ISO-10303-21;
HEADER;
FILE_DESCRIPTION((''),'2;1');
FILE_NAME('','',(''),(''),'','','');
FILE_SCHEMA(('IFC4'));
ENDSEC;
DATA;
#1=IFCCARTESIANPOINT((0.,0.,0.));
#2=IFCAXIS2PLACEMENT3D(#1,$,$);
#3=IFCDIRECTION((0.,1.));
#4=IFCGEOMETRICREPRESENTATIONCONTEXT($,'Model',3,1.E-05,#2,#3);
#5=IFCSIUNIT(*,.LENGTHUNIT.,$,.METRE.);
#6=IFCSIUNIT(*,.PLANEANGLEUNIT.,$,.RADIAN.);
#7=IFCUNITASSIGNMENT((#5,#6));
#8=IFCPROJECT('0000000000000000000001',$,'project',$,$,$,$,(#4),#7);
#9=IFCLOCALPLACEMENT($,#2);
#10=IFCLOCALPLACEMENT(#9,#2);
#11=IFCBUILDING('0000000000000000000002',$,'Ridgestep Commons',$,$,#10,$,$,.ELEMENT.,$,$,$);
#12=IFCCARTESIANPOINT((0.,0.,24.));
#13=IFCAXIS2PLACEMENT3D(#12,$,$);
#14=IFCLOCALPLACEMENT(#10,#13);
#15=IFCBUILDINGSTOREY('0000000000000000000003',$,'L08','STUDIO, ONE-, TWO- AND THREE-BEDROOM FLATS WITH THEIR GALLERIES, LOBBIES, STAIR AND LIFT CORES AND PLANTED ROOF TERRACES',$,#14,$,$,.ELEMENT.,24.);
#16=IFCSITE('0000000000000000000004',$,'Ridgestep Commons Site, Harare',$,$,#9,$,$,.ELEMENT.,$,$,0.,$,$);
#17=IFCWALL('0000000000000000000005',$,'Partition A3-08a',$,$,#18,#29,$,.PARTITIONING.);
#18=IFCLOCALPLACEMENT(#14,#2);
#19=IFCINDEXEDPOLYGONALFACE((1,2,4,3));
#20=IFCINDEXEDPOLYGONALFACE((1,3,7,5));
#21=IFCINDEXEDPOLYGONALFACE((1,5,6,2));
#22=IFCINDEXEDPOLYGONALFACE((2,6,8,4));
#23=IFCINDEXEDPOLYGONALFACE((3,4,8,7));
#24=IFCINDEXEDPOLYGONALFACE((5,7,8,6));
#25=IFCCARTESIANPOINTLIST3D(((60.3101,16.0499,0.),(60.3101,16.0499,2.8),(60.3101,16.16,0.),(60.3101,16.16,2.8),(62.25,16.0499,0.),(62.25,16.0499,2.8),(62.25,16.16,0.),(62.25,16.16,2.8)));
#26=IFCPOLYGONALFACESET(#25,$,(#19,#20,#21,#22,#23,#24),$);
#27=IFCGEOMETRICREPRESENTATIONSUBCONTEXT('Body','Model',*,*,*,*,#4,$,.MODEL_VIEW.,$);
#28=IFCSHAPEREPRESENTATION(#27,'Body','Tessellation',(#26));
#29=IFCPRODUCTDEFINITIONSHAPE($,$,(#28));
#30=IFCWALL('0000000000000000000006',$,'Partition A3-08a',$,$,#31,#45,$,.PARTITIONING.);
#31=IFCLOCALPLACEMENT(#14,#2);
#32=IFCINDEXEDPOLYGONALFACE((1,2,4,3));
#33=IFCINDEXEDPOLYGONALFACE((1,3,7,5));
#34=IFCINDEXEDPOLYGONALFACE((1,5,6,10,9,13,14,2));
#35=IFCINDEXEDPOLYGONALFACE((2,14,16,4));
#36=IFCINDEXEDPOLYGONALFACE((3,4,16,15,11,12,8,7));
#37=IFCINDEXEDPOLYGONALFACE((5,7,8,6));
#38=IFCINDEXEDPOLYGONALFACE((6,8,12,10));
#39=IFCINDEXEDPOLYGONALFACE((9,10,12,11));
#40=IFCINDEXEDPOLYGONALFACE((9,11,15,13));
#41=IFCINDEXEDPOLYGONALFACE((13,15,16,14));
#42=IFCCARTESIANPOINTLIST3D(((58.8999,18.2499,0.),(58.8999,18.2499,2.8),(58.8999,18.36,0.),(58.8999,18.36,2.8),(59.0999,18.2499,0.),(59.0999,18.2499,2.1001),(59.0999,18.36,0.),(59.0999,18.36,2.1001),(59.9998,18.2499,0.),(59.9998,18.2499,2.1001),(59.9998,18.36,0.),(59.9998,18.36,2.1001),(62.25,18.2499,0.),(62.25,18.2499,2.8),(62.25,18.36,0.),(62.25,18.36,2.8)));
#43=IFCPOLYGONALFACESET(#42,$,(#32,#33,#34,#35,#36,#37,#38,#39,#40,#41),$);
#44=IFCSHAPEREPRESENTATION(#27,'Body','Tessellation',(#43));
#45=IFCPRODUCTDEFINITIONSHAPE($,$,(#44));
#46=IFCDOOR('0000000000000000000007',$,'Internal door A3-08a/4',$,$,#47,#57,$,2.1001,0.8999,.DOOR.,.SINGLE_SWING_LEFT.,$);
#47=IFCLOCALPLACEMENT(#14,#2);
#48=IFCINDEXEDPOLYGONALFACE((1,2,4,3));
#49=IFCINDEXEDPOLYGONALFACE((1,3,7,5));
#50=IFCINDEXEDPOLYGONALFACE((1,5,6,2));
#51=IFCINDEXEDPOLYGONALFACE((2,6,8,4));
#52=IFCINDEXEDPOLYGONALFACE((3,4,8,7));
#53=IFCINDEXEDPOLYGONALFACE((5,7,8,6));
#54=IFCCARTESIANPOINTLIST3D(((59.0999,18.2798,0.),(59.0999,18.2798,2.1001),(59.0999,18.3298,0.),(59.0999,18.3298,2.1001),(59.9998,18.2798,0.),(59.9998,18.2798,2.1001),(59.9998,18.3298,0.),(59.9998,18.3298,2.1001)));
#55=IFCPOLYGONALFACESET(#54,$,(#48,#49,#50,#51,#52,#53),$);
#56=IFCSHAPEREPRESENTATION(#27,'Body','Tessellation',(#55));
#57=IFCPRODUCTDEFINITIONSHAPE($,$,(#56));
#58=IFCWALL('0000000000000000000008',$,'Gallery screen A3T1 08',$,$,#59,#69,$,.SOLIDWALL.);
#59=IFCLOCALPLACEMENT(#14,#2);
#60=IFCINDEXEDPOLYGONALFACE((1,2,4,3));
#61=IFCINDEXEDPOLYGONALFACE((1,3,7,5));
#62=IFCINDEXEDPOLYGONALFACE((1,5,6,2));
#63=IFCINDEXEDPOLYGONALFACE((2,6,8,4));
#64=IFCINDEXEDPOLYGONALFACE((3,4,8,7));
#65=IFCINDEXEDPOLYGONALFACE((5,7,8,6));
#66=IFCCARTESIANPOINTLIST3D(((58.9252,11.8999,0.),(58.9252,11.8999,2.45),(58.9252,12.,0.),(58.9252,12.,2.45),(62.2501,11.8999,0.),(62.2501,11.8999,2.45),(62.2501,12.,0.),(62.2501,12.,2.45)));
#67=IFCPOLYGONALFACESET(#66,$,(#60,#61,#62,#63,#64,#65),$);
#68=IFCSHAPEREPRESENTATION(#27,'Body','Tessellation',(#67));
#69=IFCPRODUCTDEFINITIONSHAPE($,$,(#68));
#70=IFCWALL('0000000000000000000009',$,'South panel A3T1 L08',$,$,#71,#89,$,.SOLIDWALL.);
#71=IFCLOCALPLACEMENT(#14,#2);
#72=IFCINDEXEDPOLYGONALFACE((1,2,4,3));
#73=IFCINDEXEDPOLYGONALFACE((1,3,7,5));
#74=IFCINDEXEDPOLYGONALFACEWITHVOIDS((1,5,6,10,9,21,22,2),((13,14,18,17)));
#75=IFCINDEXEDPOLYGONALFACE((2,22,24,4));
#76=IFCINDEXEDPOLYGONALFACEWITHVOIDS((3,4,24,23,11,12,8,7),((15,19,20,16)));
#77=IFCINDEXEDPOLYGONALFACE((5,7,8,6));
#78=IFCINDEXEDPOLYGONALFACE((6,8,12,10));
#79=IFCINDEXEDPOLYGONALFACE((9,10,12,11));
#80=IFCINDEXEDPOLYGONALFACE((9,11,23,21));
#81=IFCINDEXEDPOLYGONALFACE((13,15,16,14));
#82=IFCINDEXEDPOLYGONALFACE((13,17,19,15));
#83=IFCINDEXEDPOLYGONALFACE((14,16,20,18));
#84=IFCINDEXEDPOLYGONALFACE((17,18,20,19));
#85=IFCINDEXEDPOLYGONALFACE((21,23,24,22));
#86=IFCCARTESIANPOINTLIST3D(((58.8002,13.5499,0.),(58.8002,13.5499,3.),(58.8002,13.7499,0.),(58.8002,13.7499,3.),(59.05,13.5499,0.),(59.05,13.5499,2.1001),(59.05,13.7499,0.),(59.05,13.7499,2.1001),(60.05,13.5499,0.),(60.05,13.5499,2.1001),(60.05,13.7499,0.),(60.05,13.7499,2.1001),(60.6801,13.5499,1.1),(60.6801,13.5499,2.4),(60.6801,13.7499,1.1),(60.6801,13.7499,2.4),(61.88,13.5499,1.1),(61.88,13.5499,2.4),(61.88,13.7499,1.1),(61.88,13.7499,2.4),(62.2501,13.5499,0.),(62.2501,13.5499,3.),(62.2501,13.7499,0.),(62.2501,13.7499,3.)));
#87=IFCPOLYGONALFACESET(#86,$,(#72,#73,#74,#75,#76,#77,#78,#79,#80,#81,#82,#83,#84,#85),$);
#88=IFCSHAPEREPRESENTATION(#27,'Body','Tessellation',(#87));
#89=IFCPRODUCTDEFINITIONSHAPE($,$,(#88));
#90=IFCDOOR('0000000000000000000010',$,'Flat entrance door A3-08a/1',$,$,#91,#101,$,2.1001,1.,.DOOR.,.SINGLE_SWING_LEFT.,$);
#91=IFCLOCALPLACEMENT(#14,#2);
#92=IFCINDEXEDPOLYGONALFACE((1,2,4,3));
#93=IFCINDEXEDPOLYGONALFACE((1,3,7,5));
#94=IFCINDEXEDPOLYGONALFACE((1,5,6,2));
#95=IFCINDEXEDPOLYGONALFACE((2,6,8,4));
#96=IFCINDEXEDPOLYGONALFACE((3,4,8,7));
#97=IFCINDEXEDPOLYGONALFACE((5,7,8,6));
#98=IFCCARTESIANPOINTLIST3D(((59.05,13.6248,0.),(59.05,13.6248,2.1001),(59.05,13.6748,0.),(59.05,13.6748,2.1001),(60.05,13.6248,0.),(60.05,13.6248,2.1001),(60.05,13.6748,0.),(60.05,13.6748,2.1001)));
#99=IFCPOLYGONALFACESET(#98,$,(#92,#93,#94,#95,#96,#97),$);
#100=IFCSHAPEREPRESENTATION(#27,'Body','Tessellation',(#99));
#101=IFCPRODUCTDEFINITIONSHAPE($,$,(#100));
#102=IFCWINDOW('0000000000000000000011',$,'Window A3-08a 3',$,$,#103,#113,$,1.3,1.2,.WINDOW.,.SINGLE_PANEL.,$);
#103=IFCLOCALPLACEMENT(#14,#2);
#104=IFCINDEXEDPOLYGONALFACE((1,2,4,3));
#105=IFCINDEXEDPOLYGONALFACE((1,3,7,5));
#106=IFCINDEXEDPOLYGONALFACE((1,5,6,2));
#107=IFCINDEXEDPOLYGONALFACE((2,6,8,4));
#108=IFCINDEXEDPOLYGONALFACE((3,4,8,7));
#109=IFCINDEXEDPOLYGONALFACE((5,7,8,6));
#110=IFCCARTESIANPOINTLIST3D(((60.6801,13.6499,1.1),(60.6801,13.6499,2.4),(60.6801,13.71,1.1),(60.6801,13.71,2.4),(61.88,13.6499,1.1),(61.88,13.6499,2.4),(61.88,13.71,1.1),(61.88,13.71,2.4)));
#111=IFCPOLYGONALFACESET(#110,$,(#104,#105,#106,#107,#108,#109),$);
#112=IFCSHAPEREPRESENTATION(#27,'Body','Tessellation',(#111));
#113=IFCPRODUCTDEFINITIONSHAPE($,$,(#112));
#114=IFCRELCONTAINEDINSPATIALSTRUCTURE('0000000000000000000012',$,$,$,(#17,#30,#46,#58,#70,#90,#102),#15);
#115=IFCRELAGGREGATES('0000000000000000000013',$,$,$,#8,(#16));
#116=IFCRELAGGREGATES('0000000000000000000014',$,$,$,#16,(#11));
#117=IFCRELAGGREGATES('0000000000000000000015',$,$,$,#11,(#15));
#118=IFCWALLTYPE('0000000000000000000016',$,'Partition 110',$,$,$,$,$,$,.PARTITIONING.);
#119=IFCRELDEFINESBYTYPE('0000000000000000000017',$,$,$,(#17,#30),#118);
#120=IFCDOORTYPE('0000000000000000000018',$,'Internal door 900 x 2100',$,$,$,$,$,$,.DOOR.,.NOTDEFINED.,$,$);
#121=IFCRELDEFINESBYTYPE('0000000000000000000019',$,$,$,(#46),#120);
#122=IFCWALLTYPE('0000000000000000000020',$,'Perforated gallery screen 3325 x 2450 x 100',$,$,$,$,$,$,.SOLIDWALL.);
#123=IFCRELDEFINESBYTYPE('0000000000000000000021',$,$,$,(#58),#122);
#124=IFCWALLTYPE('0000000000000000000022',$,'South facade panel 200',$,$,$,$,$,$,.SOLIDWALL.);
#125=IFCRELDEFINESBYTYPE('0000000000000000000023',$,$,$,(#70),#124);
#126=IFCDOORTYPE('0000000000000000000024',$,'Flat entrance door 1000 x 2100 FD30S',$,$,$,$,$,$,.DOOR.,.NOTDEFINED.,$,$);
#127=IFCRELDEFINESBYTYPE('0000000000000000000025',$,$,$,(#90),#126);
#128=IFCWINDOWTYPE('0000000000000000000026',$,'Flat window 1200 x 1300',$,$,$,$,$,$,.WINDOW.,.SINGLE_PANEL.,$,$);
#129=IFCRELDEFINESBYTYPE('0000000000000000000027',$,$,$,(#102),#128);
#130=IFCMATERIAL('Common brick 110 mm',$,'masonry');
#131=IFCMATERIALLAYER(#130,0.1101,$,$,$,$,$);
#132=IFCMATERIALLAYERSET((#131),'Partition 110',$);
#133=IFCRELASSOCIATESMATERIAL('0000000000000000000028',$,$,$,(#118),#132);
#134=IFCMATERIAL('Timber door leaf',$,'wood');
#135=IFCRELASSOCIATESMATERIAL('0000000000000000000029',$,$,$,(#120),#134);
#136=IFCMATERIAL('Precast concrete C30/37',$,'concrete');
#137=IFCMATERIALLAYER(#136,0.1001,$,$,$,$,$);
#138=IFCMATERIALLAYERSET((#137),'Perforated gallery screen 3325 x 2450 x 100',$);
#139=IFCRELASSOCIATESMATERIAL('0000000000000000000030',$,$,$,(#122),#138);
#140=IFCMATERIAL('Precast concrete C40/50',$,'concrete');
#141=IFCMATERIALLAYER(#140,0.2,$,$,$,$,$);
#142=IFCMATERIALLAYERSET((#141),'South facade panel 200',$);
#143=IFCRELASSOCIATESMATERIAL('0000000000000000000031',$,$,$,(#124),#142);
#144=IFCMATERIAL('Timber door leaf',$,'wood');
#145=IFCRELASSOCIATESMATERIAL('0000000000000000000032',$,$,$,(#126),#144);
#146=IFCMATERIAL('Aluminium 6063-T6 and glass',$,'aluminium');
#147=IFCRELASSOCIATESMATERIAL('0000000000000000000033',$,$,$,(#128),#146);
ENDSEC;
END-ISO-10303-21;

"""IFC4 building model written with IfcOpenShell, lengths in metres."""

from ifc_helpers import new_model, si_unit, direction, frame, frame_2d, origin, place, context, subcontext, project, spatial, rectangle, extrude, material, layer, layer_set, type_object, element, fill, save


model = new_model("IFC4")

# Units and contexts
model_context = context("Model", 3, precision=1e-05, world=origin(), true_north=direction((0.0, 1.0)))
body_context = subcontext(model_context, "Body", "Model", "MODEL_VIEW")
ifc_project = project(units=[si_unit("LENGTHUNIT", "METRE"), si_unit("PLANEANGLEUNIT", "RADIAN")], contexts=[model_context])

# Site, building, storey
site_placement = place(None, origin())
site = spatial("IfcSite", under=ifc_project, at=site_placement, Name="Ridgestep Commons Site, Harare", CompositionType="ELEMENT", RefElevation=0.0)
building_placement = place(site_placement, origin())
building = spatial("IfcBuilding", under=site, at=building_placement, Name="Ridgestep Commons", CompositionType="ELEMENT")
storey_placement = place(building_placement, frame((0.0, 0.0, 24.0)))
storey = spatial("IfcBuildingStorey", under=building, at=storey_placement, Name="L08", Description="STUDIO, ONE-, TWO- AND THREE-BEDROOM FLATS WITH THEIR GALLERIES, LOBBIES, STAIR AND LIFT CORES AND PLANTED ROOF TERRACES", CompositionType="ELEMENT", Elevation=24.0)

# Shared definitions
ifc_material_1 = material(Name="Common brick 110 mm", Category="masonry")
ifc_layer_1 = layer(ifc_material_1, 0.1101)
ifc_layer_set_1 = layer_set([ifc_layer_1], Name="Partition 110")
wall_type_1 = type_object("IfcWallType", Name="Partition 110", PredefinedType="PARTITIONING", material=ifc_layer_set_1)

# Wall
wall_1_placement = place(storey_placement, frame((60.3101, 16.105, 0.0), z_axis=(0.0, 0.0, 1.0), x_axis=(1.0, 0.0, 0.0)))
element("IfcWall", 1, at=wall_1_placement, inside=storey, type_object=wall_type_1, Name="Partition A3-08a", PredefinedType="PARTITIONING", context=body_context, shape_type="SweptSolid", body=[
    extrude(rectangle(XDim=1.9399, YDim=0.1101, at=frame_2d((0.97, 0.0))), origin(), (0.0, 0.0, 1.0), 2.8),
])

# Wall, opening, door
wall_2_placement = place(storey_placement, frame((58.8999, 18.3049, 0.0), z_axis=(0.0, 0.0, 1.0), x_axis=(1.0, 0.0, 0.0)))
wall_2 = element("IfcWall", 2, at=wall_2_placement, inside=storey, type_object=wall_type_1, Name="Partition A3-08a", PredefinedType="PARTITIONING", context=body_context, shape_type="SweptSolid", body=[
    extrude(rectangle(XDim=3.3501, YDim=0.1101, at=frame_2d((1.675, 0.0))), origin(), (0.0, 0.0, 1.0), 2.8),
])
opening_1_placement = place(wall_2_placement, frame((0.2, 0.0, 0.0)))
opening_1 = element("IfcOpeningElement", 3, at=opening_1_placement, cuts=wall_2, PredefinedType="OPENING", context=body_context, shape_type="SweptSolid", body=[
    extrude(rectangle(XDim=0.8999, YDim=2.1001, at=frame_2d((0.45, 1.05))), frame((0.0, 0.0649, 0.0), z_axis=(0.0, -1.0, 0.0), x_axis=(1.0, 0.0, 0.0)), (0.0, 0.0, 1.0), 0.1301),
])
ifc_material_2 = material(Name="Timber door leaf", Category="wood")
door_type_1 = type_object("IfcDoorType", Name="Internal door 900 x 2100", OperationType="NOTDEFINED", PredefinedType="DOOR", material=ifc_material_2)
door_1_placement = place(opening_1_placement, origin())
door_1 = element("IfcDoor", 4, at=door_1_placement, inside=storey, type_object=door_type_1, Name="Internal door A3-08a/4", OperationType="SINGLE_SWING_LEFT", OverallHeight=2.1001, OverallWidth=0.8999, PredefinedType="DOOR", context=body_context, shape_type="SweptSolid", body=[
    extrude(rectangle(XDim=0.8999, YDim=2.1001, at=frame_2d((0.45, 1.05))), frame((0.0, 0.0249, 0.0), z_axis=(0.0, -1.0, 0.0), x_axis=(1.0, 0.0, 0.0)), (0.0, 0.0, 1.0), 0.05),
])
fill(opening_1, door_1)

# Wall
ifc_material_3 = material(Name="Precast concrete C30/37", Category="concrete")
ifc_layer_2 = layer(ifc_material_3, 0.1001)
ifc_layer_set_2 = layer_set([ifc_layer_2], Name="Perforated gallery screen 3325 x 2450 x 100")
wall_type_2 = type_object("IfcWallType", Name="Perforated gallery screen 3325 x 2450 x 100", PredefinedType="SOLIDWALL", material=ifc_layer_set_2)
wall_3_placement = place(storey_placement, frame((58.925, 11.95, 0.0), z_axis=(0.0, 0.0, 1.0), x_axis=(1.0, 0.0, 0.0)))
element("IfcWall", 5, at=wall_3_placement, inside=storey, type_object=wall_type_2, Name="Gallery screen A3T1 08", PredefinedType="SOLIDWALL", context=body_context, shape_type="SweptSolid", body=[
    extrude(rectangle(XDim=3.325, YDim=0.1001, at=frame_2d((1.6626, 0.0))), origin(), (0.0, 0.0, 1.0), 2.45),
])

# Wall, openings, door, window
ifc_material_4 = material(Name="Precast concrete C40/50", Category="concrete")
ifc_layer_3 = layer(ifc_material_4, 0.2)
ifc_layer_set_3 = layer_set([ifc_layer_3], Name="South facade panel 200")
wall_type_3 = type_object("IfcWallType", Name="South facade panel 200", PredefinedType="SOLIDWALL", material=ifc_layer_set_3)
wall_4_placement = place(storey_placement, frame((58.8, 13.6499, 0.0), z_axis=(0.0, 0.0, 1.0), x_axis=(1.0, 0.0, 0.0)))
wall_4 = element("IfcWall", 6, at=wall_4_placement, inside=storey, type_object=wall_type_3, Name="South panel A3T1 L08", PredefinedType="SOLIDWALL", context=body_context, shape_type="SweptSolid", body=[
    extrude(rectangle(XDim=3.45, YDim=0.2, at=frame_2d((1.7251, 0.0))), origin(), (0.0, 0.0, 1.0), 3.0),
])
opening_2_placement = place(wall_4_placement, frame((1.8799, 0.0, 1.1001)))
opening_2 = element("IfcOpeningElement", 7, at=opening_2_placement, cuts=wall_4, PredefinedType="OPENING", context=body_context, shape_type="SweptSolid", body=[
    extrude(rectangle(XDim=1.2, YDim=1.3, at=frame_2d((0.6001, 0.6499))), frame((0.0, 0.1099, 0.0), z_axis=(0.0, -1.0, 0.0), x_axis=(1.0, 0.0, 0.0)), (0.0, 0.0, 1.0), 0.22),
])
opening_3_placement = place(wall_4_placement, frame((0.25, 0.0, 0.0)))
opening_3 = element("IfcOpeningElement", 8, at=opening_3_placement, cuts=wall_4, PredefinedType="OPENING", context=body_context, shape_type="SweptSolid", body=[
    extrude(rectangle(XDim=1.0, YDim=2.1001, at=frame_2d((0.5, 1.05))), frame((0.0, 0.1099, 0.0), z_axis=(0.0, -1.0, 0.0), x_axis=(1.0, 0.0, 0.0)), (0.0, 0.0, 1.0), 0.22),
])
ifc_material_5 = material(Name="Timber door leaf", Category="wood")
door_type_2 = type_object("IfcDoorType", Name="Flat entrance door 1000 x 2100 FD30S", OperationType="NOTDEFINED", PredefinedType="DOOR", material=ifc_material_5)
door_2_placement = place(opening_3_placement, origin())
door_2 = element("IfcDoor", 9, at=door_2_placement, inside=storey, type_object=door_type_2, Name="Flat entrance door A3-08a/1", OperationType="SINGLE_SWING_LEFT", OverallHeight=2.1001, OverallWidth=1.0, PredefinedType="DOOR", context=body_context, shape_type="SweptSolid", body=[
    extrude(rectangle(XDim=1.0, YDim=2.1001, at=frame_2d((0.5, 1.05))), frame((0.0, 0.0249, 0.0), z_axis=(0.0, -1.0, 0.0), x_axis=(1.0, 0.0, 0.0)), (0.0, 0.0, 1.0), 0.05),
])
fill(opening_3, door_2)
ifc_material_6 = material(Name="Aluminium 6063-T6 and glass", Category="aluminium")
window_type = type_object("IfcWindowType", Name="Flat window 1200 x 1300", PartitioningType="SINGLE_PANEL", PredefinedType="WINDOW", material=ifc_material_6)
window_placement = place(opening_2_placement, origin())
window = element("IfcWindow", 10, at=window_placement, inside=storey, type_object=window_type, Name="Window A3-08a 3", OverallHeight=1.3, OverallWidth=1.2, PartitioningType="SINGLE_PANEL", PredefinedType="WINDOW", context=body_context, shape_type="SweptSolid", body=[
    extrude(rectangle(XDim=1.2, YDim=1.3, at=frame_2d((0.6001, 0.6499))), frame((0.0, 0.0601, 0.0), z_axis=(0.0, -1.0, 0.0), x_axis=(1.0, 0.0, 0.0)), (0.0, 0.0, 1.0), 0.0601),
])
fill(opening_2, window)

save(model, "model.ifc")
